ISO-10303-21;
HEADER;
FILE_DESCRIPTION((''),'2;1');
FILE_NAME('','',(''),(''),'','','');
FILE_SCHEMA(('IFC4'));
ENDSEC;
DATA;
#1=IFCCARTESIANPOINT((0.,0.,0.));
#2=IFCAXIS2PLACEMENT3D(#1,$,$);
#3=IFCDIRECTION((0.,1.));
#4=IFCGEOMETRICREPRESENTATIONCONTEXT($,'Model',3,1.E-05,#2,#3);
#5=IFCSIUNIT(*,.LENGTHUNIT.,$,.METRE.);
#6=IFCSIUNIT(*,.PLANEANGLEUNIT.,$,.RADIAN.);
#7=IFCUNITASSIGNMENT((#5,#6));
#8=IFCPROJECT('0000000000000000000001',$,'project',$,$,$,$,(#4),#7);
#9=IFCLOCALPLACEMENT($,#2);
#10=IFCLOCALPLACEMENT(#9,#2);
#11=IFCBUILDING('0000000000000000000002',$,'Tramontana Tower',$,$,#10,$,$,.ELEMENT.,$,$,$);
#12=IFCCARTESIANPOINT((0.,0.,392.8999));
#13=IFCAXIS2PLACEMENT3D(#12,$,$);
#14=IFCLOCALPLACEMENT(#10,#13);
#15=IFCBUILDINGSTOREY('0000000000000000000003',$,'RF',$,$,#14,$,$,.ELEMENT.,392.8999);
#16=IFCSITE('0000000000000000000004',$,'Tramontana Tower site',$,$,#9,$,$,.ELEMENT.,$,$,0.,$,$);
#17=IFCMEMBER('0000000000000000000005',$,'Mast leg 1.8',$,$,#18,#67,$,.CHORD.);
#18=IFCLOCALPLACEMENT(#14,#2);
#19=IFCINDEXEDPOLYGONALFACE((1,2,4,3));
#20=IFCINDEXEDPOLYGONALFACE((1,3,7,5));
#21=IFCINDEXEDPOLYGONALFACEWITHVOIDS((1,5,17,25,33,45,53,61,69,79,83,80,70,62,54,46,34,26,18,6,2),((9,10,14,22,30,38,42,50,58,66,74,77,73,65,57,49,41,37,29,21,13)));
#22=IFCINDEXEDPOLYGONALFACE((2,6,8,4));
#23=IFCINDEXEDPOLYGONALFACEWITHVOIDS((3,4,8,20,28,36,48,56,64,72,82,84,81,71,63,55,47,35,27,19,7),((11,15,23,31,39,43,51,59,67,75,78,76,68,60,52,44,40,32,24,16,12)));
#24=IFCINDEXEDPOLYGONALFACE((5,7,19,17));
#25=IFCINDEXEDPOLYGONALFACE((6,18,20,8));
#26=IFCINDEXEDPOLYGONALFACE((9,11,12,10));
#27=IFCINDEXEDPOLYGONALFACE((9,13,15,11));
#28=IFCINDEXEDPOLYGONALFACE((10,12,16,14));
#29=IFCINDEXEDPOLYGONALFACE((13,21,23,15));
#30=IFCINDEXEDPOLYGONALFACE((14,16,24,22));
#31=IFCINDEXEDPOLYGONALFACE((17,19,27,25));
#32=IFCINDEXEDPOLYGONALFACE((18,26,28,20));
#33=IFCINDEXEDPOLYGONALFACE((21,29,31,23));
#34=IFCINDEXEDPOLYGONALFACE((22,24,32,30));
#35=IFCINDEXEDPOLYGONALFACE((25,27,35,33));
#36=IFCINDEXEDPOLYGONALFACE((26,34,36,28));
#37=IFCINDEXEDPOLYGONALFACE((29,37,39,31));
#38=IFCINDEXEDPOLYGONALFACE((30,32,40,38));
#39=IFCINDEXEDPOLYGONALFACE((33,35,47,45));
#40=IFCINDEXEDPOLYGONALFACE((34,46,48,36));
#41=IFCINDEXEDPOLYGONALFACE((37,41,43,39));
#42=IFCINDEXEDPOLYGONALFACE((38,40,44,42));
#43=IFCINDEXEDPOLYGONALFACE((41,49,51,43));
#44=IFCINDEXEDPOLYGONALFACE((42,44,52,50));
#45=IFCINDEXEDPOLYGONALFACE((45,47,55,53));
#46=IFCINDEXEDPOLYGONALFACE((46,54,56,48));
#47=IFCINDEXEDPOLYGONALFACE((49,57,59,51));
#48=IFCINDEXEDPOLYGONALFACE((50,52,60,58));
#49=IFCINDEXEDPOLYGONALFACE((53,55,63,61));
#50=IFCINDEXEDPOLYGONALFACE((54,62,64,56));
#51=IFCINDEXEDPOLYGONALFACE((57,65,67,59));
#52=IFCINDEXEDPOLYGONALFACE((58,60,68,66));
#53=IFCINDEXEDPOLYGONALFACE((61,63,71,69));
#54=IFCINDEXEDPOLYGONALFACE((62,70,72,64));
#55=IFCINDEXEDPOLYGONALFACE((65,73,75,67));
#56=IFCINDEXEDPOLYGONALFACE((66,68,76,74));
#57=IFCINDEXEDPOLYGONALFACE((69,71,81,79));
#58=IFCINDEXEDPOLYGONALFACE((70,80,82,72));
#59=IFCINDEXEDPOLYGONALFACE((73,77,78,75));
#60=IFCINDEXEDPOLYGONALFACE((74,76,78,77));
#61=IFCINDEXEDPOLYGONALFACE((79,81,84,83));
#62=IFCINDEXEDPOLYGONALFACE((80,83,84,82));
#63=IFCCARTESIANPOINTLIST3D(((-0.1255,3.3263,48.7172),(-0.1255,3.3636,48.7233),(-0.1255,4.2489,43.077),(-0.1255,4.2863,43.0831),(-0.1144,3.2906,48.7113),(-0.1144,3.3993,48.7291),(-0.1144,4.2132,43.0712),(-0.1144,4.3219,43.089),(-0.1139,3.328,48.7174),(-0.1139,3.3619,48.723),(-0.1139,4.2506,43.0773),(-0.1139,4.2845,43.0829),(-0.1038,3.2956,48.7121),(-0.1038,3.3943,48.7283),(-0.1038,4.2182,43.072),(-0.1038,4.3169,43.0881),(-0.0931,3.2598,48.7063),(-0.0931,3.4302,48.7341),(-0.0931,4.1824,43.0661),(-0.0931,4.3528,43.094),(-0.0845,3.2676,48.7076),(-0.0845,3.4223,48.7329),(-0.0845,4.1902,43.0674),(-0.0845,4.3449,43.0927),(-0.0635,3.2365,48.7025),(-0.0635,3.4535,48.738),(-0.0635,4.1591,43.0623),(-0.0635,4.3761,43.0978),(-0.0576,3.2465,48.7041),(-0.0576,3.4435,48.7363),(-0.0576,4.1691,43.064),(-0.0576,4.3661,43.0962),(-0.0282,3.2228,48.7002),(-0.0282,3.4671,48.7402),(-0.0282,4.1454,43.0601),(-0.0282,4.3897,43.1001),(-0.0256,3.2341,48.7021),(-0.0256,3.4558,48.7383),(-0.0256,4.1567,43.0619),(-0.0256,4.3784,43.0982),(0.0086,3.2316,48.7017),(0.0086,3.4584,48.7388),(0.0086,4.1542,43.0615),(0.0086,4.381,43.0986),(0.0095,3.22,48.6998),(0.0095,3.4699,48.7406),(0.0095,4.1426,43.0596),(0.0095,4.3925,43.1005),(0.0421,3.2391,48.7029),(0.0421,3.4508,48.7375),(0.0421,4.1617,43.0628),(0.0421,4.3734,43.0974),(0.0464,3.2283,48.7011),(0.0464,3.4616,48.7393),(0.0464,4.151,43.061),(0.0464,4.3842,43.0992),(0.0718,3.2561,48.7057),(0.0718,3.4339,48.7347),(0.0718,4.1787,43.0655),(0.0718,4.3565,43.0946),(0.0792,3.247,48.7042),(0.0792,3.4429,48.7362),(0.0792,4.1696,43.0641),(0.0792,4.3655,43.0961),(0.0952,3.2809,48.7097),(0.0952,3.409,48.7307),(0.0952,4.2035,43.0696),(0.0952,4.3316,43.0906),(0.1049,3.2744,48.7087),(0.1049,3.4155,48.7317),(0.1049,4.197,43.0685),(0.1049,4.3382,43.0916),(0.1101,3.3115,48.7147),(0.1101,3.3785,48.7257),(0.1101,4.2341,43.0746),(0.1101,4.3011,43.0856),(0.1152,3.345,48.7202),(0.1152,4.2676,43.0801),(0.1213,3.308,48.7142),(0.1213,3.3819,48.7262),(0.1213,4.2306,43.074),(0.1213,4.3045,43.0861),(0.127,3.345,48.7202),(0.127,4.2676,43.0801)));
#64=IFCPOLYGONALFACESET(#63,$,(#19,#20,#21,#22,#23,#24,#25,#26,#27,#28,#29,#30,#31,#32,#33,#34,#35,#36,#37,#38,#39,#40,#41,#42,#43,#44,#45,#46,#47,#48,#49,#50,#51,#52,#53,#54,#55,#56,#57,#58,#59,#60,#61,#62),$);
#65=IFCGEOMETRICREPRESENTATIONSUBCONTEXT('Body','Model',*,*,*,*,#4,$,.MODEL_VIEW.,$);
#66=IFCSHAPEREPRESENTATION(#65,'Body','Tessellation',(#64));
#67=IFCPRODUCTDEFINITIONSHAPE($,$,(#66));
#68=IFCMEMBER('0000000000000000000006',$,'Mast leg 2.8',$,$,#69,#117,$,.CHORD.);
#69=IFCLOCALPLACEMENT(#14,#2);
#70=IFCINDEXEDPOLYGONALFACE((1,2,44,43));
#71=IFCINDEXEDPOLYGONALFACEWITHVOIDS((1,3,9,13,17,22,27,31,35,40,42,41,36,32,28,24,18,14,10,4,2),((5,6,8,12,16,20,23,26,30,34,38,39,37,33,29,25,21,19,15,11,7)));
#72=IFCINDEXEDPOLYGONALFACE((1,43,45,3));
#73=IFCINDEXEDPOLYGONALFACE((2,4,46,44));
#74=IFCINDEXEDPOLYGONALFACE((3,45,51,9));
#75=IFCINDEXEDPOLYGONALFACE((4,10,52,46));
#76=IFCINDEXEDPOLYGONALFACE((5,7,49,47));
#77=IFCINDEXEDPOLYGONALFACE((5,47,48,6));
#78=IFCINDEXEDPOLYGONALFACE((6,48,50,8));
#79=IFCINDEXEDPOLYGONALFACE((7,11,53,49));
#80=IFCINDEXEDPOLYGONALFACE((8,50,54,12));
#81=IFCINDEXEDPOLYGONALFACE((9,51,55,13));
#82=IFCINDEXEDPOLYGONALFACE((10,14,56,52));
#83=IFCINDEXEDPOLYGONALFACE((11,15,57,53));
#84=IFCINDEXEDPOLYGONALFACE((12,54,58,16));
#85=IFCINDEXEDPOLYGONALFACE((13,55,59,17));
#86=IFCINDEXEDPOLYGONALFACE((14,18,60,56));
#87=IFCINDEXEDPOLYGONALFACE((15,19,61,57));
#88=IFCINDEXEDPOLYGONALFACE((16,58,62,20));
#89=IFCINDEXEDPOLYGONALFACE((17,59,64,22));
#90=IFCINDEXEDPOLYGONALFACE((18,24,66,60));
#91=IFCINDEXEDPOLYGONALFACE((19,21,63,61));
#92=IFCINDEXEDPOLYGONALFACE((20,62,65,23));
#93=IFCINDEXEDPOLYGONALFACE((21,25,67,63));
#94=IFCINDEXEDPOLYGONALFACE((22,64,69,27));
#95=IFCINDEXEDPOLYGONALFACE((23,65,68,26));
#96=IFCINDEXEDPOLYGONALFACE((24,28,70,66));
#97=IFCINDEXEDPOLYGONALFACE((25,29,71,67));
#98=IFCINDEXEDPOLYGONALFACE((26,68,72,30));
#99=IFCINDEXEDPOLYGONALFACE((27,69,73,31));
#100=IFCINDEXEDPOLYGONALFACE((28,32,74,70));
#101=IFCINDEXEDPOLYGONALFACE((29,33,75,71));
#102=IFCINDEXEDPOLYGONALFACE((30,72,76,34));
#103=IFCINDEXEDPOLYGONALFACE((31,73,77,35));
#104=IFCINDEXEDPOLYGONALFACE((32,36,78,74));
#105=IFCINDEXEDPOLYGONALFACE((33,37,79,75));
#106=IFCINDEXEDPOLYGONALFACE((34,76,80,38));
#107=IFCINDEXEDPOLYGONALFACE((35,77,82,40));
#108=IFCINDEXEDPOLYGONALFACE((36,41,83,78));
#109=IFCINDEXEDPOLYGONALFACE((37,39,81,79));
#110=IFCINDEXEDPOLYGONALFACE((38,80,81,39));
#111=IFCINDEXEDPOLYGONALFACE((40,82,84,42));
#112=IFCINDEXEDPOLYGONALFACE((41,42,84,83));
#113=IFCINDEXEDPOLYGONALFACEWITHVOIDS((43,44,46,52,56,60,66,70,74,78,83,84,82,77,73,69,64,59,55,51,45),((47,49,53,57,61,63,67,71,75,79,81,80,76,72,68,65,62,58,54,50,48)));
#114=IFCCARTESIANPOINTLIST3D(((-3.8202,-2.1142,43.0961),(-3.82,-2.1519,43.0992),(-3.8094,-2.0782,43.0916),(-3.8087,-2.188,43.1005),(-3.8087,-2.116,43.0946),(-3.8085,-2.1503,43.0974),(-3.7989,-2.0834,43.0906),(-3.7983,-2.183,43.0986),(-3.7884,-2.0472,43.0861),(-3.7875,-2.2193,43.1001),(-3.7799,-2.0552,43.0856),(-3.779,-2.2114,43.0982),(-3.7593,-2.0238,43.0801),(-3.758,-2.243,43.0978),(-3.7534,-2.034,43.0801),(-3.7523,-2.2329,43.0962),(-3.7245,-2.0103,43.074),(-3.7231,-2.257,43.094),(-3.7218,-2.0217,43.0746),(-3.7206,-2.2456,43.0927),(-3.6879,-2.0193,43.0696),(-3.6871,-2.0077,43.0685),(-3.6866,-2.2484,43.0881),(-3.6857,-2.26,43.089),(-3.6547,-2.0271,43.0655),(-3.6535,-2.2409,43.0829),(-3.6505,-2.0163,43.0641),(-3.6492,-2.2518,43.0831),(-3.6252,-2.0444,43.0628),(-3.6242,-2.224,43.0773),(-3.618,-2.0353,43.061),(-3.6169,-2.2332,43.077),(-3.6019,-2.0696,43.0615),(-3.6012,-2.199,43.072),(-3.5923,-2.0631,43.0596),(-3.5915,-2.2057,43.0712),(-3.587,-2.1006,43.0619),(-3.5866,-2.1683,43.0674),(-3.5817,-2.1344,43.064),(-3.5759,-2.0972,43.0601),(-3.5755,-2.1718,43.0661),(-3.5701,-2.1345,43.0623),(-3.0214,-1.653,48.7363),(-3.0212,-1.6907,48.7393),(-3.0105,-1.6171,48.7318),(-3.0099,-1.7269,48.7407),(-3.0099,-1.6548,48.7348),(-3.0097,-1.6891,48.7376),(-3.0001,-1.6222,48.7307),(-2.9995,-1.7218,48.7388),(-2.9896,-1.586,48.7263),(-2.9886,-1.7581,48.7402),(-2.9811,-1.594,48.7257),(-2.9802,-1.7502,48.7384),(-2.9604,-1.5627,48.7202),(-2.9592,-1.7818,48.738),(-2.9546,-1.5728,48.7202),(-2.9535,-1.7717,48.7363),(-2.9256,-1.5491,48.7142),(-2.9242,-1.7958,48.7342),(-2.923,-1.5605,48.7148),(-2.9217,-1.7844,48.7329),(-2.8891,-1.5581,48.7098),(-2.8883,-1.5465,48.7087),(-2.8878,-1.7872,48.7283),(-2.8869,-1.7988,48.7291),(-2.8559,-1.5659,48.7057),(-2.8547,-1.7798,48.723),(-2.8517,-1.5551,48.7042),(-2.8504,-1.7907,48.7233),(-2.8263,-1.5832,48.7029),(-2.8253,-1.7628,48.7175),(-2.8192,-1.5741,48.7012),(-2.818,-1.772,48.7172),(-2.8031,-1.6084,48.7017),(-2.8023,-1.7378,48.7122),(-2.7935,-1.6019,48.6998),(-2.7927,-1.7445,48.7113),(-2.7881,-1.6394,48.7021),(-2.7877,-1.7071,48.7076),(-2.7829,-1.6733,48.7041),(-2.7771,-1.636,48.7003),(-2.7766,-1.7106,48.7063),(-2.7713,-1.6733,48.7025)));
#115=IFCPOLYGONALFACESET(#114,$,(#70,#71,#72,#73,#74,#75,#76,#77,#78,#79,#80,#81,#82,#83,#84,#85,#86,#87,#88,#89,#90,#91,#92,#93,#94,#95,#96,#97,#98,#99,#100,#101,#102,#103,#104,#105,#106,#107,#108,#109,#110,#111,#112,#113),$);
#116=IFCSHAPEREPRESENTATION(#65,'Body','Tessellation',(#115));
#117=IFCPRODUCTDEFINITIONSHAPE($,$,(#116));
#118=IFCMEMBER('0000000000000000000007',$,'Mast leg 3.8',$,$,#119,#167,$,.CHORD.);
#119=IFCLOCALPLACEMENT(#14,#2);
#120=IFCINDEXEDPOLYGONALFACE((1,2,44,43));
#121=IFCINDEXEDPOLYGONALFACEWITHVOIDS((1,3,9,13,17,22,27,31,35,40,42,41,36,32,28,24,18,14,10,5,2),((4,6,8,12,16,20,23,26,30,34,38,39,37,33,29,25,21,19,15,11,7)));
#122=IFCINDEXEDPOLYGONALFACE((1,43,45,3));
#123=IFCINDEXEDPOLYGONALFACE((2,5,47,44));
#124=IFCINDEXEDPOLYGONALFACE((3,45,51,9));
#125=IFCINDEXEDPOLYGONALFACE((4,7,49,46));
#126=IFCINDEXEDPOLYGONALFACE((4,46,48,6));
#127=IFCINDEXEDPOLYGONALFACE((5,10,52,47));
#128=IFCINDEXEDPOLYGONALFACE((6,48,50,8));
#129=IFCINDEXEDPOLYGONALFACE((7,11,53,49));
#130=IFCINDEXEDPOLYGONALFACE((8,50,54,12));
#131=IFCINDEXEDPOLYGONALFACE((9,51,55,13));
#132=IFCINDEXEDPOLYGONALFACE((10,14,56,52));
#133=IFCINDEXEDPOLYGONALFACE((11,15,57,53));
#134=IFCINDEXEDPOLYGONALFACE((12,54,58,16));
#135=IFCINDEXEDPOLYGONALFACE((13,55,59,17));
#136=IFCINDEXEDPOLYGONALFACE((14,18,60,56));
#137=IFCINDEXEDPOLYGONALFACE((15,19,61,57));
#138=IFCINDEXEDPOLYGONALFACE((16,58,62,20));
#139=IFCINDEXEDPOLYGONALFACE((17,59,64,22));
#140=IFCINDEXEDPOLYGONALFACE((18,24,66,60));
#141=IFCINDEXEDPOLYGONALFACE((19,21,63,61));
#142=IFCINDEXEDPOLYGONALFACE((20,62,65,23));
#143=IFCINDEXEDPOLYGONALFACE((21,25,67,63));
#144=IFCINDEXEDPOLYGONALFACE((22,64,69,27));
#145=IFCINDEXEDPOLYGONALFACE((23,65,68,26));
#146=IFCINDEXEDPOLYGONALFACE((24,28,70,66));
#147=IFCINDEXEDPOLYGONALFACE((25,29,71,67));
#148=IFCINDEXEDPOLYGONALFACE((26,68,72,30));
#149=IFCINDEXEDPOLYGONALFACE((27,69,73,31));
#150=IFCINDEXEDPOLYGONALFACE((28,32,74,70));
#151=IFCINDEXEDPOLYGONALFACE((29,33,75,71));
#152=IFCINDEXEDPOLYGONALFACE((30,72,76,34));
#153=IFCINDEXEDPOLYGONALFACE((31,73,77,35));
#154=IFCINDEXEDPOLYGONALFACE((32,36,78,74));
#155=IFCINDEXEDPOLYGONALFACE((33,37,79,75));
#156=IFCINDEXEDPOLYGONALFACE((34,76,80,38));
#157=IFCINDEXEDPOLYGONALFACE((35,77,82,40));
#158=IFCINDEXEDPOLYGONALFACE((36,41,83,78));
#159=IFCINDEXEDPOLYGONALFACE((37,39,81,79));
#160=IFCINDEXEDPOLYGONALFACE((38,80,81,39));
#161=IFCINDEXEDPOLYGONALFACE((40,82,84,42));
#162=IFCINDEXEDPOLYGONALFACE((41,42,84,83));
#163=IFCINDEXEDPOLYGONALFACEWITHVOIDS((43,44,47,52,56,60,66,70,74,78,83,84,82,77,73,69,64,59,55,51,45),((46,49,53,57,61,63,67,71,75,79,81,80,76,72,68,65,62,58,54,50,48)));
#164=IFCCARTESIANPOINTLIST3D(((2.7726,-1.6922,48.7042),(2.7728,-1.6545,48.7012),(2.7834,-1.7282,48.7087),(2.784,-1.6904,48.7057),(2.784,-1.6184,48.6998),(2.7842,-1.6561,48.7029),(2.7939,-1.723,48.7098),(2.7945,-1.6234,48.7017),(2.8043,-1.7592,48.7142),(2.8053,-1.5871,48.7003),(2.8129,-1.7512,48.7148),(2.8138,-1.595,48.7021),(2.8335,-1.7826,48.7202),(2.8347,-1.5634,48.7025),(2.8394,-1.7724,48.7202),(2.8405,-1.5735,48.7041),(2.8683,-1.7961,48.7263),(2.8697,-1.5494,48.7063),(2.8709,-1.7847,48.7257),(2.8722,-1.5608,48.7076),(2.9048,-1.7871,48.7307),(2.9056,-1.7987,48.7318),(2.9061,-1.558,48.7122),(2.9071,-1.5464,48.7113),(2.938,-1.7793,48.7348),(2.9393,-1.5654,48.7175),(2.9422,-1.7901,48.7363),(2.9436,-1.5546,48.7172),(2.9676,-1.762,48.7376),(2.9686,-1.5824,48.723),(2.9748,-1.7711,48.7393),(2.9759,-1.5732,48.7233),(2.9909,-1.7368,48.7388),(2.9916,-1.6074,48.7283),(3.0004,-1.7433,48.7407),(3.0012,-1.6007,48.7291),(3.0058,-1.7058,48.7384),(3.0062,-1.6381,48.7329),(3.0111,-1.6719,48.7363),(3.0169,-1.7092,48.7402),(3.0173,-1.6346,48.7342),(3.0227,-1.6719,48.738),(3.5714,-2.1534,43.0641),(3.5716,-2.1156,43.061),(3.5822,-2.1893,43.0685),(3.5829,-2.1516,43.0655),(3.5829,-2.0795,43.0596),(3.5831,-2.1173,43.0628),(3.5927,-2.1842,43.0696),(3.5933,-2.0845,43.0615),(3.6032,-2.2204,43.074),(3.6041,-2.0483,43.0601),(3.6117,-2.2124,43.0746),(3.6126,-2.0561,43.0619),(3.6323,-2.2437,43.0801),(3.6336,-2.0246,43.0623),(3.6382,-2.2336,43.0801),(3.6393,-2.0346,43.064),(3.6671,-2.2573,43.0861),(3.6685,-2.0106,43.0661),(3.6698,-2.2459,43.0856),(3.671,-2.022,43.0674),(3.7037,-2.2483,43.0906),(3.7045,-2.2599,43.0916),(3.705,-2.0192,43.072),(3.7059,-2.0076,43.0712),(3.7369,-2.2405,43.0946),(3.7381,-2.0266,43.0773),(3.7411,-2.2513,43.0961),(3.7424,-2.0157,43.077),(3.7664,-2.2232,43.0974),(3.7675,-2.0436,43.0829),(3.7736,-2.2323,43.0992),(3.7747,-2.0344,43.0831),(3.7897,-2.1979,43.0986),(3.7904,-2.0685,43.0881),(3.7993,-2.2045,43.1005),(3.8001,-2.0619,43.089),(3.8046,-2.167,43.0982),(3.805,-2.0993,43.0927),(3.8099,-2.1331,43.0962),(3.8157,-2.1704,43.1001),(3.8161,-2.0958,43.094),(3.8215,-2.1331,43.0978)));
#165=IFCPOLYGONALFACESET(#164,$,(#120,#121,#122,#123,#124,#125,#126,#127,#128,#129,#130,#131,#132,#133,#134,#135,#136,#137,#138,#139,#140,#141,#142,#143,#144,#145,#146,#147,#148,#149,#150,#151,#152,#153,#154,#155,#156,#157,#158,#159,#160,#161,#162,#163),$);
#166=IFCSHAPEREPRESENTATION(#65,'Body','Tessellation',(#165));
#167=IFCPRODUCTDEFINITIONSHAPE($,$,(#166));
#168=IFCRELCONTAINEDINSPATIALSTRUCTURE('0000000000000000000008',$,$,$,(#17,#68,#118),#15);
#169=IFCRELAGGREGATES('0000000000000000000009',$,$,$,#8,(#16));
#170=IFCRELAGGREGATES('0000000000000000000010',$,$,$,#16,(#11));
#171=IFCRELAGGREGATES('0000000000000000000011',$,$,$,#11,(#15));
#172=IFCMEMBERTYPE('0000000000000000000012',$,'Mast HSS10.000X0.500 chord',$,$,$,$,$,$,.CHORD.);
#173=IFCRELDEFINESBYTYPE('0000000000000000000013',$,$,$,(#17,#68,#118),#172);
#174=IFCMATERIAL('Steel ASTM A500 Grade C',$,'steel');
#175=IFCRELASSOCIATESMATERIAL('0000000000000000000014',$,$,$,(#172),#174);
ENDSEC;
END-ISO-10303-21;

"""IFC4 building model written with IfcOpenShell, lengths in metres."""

from ifc_helpers import new_model, si_unit, direction, frame, origin, origin_2d, place, context, subcontext, project, spatial, hollow_circle, extrude, material, material_profile, profile_set, type_object, element, save


model = new_model("IFC4")

# Units and contexts
model_context = context("Model", 3, precision=1e-05, world=origin(), true_north=direction((0.0, 1.0)))
body_context = subcontext(model_context, "Body", "Model", "MODEL_VIEW")
ifc_project = project(units=[si_unit("LENGTHUNIT", "METRE"), si_unit("PLANEANGLEUNIT", "RADIAN")], contexts=[model_context])

# Site, building, storey
site_placement = place(None, origin())
site = spatial("IfcSite", under=ifc_project, at=site_placement, Name="Tramontana Tower site", CompositionType="ELEMENT", RefElevation=0.0)
building_placement = place(site_placement, origin())
building = spatial("IfcBuilding", under=site, at=building_placement, Name="Tramontana Tower", CompositionType="ELEMENT")
storey_placement = place(building_placement, frame((0.0, 0.0, 392.8999)))
storey = spatial("IfcBuildingStorey", under=building, at=storey_placement, Name="RF", CompositionType="ELEMENT", Elevation=392.8999)

# Members
ifc_material_1 = material(Name="Steel ASTM A500 Grade C", Category="steel")
ifc_material_profile_1 = material_profile(ifc_material_1, hollow_circle(Radius=0.127, WallThickness=0.0117, at=origin_2d()), Name="HSS10.000X0.500")
ifc_profile_set_1 = profile_set([ifc_material_profile_1], Name="Steel ASTM A500 Grade C")
member_type_1 = type_object("IfcMemberType", Name="Mast HSS10.000X0.500 chord", PredefinedType="CHORD", material=ifc_profile_set_1)
for number, where, z_axis, x_axis, name in (
    (1, (0.0, 4.2676, 43.0801), (0.0, -0.161433, 0.986884), (1.0, 0.0, 0.0), "Mast leg 1.8"),
    (2, (-3.6958, -2.1338, 43.0801), (0.139776, 0.080696, 0.98689), (-0.499982, 0.866036, 0.0), "Mast leg 2.8"),
    (3, (3.6958, -2.1338, 43.0801), (-0.139776, 0.080696, 0.98689), (-0.499982, -0.866036, 0.0), "Mast leg 3.8"),
):
    element("IfcMember", number, at=place(storey_placement, frame(where, z_axis=z_axis, x_axis=x_axis)), inside=storey, type_object=member_type_1, Name=name, PredefinedType="CHORD", context=body_context, shape_type="SweptSolid", body=[
        extrude(hollow_circle(Radius=0.127, WallThickness=0.0117, at=origin_2d()), origin(), (0.0, 0.0, 1.0), 5.7151),
    ])

save(model, "model.ifc")
